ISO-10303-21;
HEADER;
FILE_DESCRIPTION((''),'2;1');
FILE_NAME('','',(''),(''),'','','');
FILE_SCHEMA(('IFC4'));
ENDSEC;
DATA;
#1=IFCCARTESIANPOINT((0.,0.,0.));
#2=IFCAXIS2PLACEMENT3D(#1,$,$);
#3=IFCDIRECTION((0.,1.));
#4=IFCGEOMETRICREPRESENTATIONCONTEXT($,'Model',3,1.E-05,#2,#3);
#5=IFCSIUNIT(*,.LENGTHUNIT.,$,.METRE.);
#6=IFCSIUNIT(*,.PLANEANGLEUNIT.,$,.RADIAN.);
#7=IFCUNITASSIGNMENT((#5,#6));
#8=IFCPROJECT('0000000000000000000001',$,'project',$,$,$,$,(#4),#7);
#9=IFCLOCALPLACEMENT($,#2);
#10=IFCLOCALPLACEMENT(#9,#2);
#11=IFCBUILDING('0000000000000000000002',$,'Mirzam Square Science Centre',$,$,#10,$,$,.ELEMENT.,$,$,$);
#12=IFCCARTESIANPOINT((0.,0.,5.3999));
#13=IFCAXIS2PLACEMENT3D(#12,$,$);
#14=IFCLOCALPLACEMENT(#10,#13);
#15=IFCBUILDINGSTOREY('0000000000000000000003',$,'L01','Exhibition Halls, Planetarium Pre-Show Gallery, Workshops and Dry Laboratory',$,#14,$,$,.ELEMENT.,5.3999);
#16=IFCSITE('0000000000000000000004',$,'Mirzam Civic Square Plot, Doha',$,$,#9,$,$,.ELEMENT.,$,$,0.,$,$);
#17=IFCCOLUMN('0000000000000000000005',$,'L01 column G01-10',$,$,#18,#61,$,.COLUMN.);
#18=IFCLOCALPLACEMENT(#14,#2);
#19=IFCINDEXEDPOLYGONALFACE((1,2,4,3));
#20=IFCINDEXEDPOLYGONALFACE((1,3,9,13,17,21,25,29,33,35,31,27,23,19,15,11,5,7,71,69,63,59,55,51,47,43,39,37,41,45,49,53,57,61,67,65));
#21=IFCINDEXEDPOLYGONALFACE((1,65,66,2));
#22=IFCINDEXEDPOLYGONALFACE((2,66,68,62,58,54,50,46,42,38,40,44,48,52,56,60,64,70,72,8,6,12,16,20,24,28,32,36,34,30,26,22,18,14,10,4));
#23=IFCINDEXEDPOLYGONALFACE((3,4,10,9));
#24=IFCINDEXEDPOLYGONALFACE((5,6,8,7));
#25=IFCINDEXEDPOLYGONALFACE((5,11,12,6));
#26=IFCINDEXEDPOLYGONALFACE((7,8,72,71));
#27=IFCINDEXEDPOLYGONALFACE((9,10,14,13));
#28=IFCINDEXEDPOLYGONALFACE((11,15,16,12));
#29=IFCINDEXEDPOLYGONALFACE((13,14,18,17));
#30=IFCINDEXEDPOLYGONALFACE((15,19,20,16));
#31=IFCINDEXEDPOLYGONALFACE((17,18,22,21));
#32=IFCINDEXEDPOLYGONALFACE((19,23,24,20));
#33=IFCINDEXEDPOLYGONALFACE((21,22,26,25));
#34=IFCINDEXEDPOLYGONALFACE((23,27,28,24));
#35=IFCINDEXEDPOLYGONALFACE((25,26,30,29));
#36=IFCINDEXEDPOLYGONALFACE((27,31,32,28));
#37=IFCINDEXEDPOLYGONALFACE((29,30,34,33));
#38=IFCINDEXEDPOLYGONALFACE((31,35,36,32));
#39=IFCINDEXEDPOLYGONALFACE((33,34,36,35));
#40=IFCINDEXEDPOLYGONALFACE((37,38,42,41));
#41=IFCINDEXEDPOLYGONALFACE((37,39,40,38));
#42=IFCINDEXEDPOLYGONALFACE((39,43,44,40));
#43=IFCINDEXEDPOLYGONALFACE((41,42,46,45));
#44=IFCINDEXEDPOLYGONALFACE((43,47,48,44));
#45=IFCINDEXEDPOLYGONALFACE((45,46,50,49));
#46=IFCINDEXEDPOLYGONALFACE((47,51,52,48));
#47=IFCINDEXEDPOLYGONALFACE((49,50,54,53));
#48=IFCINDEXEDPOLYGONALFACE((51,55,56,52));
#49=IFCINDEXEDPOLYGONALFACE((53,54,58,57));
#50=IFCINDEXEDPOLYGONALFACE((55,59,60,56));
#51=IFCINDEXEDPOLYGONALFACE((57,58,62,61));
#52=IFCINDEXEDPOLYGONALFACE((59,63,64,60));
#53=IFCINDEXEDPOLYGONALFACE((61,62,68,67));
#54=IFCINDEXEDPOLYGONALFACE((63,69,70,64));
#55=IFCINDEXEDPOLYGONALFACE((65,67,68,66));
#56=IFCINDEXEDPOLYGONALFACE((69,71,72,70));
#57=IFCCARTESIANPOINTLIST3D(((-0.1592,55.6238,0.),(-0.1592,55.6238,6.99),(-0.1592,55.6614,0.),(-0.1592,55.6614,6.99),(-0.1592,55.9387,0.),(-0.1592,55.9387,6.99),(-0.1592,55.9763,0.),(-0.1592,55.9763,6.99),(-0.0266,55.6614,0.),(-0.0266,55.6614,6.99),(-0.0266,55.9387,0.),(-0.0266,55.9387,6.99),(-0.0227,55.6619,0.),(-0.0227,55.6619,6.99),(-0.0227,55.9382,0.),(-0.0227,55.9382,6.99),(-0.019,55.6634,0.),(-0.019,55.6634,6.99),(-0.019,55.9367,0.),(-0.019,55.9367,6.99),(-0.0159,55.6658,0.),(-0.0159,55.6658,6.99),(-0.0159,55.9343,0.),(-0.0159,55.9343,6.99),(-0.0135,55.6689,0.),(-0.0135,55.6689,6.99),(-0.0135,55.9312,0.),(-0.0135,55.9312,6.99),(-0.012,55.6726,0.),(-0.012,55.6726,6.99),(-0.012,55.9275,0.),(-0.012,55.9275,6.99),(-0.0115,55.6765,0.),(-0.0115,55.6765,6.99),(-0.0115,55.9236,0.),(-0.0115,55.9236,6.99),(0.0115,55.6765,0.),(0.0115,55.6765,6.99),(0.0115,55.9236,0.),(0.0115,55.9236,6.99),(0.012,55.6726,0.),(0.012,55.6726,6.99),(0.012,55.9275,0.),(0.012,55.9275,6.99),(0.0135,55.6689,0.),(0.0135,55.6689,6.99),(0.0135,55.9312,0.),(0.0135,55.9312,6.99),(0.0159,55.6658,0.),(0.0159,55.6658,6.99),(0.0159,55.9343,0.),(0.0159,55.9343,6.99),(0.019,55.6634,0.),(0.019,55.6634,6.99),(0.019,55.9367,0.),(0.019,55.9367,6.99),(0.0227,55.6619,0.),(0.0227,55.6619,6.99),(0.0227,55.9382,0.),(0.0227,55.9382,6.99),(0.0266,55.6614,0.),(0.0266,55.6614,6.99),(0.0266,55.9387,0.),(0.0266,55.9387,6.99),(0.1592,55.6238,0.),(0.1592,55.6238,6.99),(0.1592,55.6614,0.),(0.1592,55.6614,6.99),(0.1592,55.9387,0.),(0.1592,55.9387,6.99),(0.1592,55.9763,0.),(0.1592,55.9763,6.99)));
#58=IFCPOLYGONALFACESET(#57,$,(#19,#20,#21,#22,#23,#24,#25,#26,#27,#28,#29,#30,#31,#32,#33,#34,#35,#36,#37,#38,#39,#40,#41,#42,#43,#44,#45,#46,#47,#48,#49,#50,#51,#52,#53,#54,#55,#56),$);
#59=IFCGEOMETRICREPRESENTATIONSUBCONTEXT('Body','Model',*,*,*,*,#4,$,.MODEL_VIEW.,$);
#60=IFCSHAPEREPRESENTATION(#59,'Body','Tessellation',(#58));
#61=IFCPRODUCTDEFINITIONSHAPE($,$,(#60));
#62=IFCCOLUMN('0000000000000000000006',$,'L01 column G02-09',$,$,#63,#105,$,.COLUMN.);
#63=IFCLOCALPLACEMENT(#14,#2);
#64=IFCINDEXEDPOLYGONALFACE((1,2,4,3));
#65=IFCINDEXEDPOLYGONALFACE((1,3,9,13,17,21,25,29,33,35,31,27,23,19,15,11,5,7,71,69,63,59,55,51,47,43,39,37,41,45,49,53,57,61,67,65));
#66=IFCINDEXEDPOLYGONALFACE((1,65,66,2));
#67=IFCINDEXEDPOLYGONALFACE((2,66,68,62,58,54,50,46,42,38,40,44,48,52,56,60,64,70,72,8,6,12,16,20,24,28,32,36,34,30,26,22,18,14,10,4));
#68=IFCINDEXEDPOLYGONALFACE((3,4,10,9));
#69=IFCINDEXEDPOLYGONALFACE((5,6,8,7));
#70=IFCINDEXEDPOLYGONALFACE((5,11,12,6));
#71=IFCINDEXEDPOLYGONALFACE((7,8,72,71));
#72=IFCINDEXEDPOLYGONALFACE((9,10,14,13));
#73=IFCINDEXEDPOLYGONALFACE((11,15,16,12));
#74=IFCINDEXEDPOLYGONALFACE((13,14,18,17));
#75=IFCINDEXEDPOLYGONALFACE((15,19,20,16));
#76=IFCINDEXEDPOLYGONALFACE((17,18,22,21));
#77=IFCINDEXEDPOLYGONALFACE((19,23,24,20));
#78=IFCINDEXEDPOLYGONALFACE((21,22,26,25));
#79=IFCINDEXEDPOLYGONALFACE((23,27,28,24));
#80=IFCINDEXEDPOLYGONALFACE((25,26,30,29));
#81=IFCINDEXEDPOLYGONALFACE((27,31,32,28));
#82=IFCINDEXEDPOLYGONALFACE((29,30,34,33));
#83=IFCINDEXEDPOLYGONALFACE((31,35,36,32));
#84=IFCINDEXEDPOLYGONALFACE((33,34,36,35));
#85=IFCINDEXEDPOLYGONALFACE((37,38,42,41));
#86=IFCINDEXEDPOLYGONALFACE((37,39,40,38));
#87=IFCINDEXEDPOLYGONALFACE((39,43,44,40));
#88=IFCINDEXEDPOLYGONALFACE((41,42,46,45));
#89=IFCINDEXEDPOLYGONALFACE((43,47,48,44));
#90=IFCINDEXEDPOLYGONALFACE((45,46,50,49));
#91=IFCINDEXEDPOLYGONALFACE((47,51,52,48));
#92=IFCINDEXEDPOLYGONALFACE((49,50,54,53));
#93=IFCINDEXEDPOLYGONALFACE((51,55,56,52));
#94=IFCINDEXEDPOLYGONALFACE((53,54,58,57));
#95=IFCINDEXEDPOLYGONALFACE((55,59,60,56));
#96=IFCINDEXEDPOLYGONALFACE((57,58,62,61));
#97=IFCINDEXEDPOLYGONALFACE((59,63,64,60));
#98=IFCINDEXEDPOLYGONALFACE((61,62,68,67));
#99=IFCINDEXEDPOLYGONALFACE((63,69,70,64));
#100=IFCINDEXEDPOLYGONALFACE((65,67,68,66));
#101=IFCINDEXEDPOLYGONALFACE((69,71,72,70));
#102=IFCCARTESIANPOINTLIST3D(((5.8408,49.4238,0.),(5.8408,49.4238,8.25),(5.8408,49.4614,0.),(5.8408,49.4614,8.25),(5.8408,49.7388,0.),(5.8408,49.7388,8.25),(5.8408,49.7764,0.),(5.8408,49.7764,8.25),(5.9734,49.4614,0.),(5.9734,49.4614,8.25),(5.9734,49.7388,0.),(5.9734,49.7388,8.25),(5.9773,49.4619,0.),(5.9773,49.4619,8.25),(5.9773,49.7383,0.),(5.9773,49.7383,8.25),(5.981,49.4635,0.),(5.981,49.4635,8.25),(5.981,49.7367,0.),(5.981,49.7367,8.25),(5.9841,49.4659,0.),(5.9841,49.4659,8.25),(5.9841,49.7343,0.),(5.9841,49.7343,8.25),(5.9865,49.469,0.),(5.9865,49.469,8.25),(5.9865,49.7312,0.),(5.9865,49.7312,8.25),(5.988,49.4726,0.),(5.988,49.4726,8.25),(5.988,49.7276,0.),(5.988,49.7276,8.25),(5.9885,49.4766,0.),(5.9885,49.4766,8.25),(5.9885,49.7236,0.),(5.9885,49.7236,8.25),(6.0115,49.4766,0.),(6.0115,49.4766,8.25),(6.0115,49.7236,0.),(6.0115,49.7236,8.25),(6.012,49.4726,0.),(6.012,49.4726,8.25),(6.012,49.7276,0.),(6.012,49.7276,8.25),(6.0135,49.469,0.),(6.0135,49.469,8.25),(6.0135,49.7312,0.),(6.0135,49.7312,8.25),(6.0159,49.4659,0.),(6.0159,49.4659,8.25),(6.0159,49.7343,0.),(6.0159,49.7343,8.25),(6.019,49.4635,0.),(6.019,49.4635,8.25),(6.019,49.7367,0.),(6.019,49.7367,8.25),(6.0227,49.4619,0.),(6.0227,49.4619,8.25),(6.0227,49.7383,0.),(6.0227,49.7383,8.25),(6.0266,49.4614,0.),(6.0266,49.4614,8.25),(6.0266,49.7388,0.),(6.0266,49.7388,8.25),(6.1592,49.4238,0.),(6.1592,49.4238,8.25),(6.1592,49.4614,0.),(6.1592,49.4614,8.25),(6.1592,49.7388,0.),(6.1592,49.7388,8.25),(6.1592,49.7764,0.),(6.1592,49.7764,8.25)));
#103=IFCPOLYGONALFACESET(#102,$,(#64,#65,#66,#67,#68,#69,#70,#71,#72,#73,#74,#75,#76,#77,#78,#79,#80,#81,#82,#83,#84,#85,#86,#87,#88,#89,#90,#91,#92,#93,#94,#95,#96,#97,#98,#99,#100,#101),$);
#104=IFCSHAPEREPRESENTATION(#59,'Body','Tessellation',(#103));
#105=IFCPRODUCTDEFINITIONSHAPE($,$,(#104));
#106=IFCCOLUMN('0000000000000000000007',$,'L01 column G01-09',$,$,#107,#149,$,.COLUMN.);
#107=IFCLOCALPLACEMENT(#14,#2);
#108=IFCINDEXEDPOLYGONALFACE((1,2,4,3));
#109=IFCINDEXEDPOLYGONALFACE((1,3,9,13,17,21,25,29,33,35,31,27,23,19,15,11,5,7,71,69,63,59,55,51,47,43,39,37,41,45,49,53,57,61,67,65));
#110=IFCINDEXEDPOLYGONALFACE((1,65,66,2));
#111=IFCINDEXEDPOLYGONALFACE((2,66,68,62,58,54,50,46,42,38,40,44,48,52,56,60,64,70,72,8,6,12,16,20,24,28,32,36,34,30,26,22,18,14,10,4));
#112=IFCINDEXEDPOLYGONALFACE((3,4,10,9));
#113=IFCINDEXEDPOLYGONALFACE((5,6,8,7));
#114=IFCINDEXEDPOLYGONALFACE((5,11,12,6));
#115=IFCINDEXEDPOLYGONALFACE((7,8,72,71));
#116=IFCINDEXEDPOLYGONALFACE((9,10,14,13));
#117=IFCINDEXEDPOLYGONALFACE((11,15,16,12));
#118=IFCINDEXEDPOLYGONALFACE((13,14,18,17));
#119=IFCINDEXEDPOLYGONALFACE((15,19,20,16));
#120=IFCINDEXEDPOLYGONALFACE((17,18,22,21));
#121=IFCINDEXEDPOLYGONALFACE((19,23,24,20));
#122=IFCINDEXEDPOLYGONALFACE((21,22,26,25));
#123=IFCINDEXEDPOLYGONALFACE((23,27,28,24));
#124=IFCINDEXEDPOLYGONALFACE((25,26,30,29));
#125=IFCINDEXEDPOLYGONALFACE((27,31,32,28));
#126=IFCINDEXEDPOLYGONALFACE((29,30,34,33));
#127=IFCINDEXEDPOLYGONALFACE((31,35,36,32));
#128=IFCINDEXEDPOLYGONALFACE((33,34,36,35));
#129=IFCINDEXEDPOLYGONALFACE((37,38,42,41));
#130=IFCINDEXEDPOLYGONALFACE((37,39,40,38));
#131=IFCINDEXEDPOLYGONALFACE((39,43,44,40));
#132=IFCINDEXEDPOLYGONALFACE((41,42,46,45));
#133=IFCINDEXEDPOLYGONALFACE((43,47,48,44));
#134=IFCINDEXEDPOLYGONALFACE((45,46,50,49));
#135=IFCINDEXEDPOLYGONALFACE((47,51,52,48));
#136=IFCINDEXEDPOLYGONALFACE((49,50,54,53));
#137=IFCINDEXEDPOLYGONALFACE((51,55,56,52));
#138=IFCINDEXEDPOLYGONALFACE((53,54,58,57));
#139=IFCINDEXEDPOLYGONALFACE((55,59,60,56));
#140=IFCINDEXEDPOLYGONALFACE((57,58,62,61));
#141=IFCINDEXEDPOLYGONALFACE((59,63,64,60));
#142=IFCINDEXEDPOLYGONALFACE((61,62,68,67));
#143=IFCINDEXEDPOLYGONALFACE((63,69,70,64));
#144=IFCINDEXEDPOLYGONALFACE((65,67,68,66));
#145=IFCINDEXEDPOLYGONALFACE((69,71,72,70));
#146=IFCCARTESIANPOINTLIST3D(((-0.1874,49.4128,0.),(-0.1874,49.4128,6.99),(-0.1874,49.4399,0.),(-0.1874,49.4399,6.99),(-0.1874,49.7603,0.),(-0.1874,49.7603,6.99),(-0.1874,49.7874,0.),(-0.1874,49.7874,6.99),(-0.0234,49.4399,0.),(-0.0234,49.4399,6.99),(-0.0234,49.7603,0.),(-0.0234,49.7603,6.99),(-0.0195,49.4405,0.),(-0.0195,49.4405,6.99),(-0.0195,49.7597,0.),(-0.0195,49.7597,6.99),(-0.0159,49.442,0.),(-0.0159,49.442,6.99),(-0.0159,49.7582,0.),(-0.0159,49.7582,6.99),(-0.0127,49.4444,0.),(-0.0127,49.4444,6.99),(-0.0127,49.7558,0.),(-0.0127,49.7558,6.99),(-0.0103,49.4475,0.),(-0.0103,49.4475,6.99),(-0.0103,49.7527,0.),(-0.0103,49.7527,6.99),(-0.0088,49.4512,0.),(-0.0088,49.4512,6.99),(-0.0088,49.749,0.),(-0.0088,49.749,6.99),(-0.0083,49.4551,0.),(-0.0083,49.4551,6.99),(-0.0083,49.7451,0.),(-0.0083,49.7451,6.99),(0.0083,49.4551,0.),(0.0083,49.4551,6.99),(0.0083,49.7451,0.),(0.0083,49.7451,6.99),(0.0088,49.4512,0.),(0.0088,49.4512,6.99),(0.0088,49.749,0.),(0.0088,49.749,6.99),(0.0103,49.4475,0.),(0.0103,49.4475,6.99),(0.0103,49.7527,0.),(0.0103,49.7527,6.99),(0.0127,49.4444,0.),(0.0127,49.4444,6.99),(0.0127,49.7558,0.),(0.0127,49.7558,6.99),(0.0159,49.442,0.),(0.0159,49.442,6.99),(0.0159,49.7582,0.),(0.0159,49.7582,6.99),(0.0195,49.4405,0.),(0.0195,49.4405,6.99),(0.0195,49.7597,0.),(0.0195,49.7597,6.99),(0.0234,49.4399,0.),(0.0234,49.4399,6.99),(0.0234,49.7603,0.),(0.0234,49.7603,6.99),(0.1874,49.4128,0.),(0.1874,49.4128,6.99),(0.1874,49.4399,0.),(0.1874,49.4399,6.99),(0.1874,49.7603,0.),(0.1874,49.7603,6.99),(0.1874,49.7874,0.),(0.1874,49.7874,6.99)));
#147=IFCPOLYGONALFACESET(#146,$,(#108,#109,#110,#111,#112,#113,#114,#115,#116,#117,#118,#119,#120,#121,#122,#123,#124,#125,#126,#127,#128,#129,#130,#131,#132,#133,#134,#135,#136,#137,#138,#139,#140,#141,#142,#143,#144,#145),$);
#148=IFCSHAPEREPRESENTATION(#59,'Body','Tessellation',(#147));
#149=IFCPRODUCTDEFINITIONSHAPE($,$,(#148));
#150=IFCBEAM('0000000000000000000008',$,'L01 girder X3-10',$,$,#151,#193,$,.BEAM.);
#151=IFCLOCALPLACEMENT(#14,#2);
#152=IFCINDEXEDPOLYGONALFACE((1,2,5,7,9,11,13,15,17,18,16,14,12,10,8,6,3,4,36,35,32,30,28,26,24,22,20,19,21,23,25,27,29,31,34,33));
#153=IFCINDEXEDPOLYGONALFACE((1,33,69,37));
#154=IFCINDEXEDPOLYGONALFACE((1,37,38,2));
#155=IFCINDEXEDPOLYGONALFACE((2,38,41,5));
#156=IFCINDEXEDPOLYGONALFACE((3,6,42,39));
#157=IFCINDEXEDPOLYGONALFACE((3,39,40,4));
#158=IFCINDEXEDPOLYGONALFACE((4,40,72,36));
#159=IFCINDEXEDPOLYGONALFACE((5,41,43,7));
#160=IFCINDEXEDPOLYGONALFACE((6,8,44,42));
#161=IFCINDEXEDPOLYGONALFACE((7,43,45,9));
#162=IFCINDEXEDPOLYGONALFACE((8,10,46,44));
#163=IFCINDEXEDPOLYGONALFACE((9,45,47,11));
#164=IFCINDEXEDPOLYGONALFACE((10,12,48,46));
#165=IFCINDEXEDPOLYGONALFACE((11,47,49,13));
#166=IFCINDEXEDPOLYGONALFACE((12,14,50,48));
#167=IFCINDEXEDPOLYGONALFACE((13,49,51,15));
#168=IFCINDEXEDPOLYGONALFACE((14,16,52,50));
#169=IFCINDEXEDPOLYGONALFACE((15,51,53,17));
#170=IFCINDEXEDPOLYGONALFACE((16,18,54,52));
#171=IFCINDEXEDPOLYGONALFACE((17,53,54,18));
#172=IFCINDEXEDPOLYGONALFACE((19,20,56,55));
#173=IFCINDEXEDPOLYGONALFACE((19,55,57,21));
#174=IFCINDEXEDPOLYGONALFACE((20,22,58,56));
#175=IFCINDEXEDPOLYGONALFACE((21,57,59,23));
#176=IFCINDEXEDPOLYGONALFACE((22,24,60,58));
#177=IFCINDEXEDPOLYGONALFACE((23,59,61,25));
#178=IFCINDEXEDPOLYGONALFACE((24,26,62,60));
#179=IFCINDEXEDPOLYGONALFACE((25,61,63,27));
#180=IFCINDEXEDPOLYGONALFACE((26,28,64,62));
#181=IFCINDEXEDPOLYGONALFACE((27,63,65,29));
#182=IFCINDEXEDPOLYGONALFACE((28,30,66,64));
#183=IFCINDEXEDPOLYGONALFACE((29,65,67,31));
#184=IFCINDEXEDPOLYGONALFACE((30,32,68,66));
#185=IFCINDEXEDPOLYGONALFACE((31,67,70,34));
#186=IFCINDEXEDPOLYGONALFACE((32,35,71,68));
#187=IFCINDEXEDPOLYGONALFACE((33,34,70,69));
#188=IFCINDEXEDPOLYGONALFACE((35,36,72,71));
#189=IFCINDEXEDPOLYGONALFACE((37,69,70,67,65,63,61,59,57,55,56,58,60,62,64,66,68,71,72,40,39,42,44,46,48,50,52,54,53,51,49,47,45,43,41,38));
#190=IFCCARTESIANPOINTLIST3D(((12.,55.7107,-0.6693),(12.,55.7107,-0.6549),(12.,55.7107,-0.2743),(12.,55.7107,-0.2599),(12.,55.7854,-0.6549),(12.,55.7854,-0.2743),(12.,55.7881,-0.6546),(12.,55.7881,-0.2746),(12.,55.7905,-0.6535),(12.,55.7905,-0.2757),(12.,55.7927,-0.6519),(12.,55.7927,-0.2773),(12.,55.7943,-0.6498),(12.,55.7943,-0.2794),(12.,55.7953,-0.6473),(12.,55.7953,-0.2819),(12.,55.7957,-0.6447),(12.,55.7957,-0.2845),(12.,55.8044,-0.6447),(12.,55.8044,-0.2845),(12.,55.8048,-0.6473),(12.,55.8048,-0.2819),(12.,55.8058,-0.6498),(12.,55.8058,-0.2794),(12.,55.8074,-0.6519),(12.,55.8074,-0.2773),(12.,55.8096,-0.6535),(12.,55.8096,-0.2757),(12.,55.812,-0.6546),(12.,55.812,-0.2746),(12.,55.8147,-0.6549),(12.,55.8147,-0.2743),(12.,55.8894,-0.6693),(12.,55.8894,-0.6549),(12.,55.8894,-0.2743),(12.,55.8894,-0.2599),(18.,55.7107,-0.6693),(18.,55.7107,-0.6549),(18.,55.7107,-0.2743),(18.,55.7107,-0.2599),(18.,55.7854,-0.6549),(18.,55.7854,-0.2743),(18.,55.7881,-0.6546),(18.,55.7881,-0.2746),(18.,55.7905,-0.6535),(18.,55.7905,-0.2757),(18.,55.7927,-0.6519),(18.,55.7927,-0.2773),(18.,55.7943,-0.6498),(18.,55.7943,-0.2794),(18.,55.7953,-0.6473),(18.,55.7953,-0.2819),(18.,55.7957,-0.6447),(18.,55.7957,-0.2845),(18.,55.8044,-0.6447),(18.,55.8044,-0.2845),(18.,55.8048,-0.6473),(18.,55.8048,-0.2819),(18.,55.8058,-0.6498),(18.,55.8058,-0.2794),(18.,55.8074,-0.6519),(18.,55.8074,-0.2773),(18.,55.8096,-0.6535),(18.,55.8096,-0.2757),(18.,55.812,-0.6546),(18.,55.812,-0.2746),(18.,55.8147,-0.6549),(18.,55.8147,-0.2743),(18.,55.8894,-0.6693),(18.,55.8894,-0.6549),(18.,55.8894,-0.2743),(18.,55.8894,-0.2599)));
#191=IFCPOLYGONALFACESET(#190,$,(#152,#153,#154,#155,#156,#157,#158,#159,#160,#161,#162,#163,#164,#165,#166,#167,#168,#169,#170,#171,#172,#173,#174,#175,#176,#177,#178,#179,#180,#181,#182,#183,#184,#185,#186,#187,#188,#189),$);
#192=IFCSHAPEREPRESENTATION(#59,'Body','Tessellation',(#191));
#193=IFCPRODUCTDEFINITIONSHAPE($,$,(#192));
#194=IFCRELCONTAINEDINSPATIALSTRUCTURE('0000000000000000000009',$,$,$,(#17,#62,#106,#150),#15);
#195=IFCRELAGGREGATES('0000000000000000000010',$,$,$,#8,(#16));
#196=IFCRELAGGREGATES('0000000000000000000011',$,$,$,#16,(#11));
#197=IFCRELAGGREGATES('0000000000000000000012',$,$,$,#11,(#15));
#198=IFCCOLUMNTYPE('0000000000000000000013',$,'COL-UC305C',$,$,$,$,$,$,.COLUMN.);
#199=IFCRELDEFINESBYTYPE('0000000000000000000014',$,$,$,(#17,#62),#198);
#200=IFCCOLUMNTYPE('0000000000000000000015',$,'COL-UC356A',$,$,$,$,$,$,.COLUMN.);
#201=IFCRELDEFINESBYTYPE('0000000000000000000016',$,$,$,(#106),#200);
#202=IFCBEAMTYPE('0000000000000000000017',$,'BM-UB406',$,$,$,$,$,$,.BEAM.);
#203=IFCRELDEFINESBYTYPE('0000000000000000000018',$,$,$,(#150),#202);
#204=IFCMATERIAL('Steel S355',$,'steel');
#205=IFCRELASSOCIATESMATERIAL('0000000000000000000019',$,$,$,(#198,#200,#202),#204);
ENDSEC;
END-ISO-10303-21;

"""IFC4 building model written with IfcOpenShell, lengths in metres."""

from ifc_helpers import new_model, si_unit, direction, frame, origin, origin_2d, place, context, subcontext, project, spatial, i_section, extrude, material, material_profile, profile_set, type_object, element, save


model = new_model("IFC4")

# Units and contexts
model_context = context("Model", 3, precision=1e-05, world=origin(), true_north=direction((0.0, 1.0)))
body_context = subcontext(model_context, "Body", "Model", "MODEL_VIEW")
ifc_project = project(units=[si_unit("LENGTHUNIT", "METRE"), si_unit("PLANEANGLEUNIT", "RADIAN")], contexts=[model_context])

# Site, building, storey
site_placement = place(None, origin())
site = spatial("IfcSite", under=ifc_project, at=site_placement, Name="Mirzam Civic Square Plot, Doha", CompositionType="ELEMENT", RefElevation=0.0)
building_placement = place(site_placement, origin())
building = spatial("IfcBuilding", under=site, at=building_placement, Name="Mirzam Square Science Centre", CompositionType="ELEMENT")
storey_placement = place(building_placement, frame((0.0, 0.0, 5.3999)))
storey = spatial("IfcBuildingStorey", under=building, at=storey_placement, Name="L01", Description="Exhibition Halls, Planetarium Pre-Show Gallery, Workshops and Dry Laboratory", CompositionType="ELEMENT", Elevation=5.3999)

# Columns
ifc_material_1 = material(Name="Steel S355", Category="steel")
ifc_material_profile_1 = material_profile(ifc_material_1, i_section(OverallWidth=0.3184, OverallDepth=0.3525, WebThickness=0.0229, FlangeThickness=0.0376, FilletRadius=0.0151, at=origin_2d()), Name="305x305x240UC")
ifc_profile_set_1 = profile_set([ifc_material_profile_1], Name="Steel S355")
column_type_1 = type_object("IfcColumnType", Name="COL-UC305C", PredefinedType="COLUMN", material=ifc_profile_set_1)
column_1_placement = place(storey_placement, frame((0.0, 55.8, 0.0), z_axis=(0.0, 0.0, 1.0), x_axis=(1.0, 0.0, 0.0)))
element("IfcColumn", 1, at=column_1_placement, inside=storey, type_object=column_type_1, Name="L01 column G01-10", PredefinedType="COLUMN", context=body_context, shape_type="SweptSolid", body=[
    extrude(i_section(OverallWidth=0.3184, OverallDepth=0.3525, WebThickness=0.0229, FlangeThickness=0.0376, FilletRadius=0.0151, at=origin_2d()), origin(), (0.0, 0.0, 1.0), 6.99),
])
column_2_placement = place(storey_placement, frame((6.0, 49.6001, 0.0), z_axis=(0.0, 0.0, 1.0), x_axis=(1.0, 0.0, 0.0)))
element("IfcColumn", 2, at=column_2_placement, inside=storey, type_object=column_type_1, Name="L01 column G02-09", PredefinedType="COLUMN", context=body_context, shape_type="SweptSolid", body=[
    extrude(i_section(OverallWidth=0.3184, OverallDepth=0.3525, WebThickness=0.0229, FlangeThickness=0.0376, FilletRadius=0.0151, at=origin_2d()), origin(), (0.0, 0.0, 1.0), 8.25),
])
ifc_material_profile_2 = material_profile(ifc_material_1, i_section(OverallWidth=0.3748, OverallDepth=0.3745, WebThickness=0.0166, FlangeThickness=0.0271, FilletRadius=0.0151, at=origin_2d()), Name="356x368x202UC")
ifc_profile_set_2 = profile_set([ifc_material_profile_2], Name="Steel S355")
column_type_2 = type_object("IfcColumnType", Name="COL-UC356A", PredefinedType="COLUMN", material=ifc_profile_set_2)
column_3_placement = place(storey_placement, frame((0.0, 49.6001, 0.0), z_axis=(0.0, 0.0, 1.0), x_axis=(1.0, 0.0, 0.0)))
element("IfcColumn", 3, at=column_3_placement, inside=storey, type_object=column_type_2, Name="L01 column G01-09", PredefinedType="COLUMN", context=body_context, shape_type="SweptSolid", body=[
    extrude(i_section(OverallWidth=0.3748, OverallDepth=0.3745, WebThickness=0.0166, FlangeThickness=0.0271, FilletRadius=0.0151, at=origin_2d()), origin(), (0.0, 0.0, 1.0), 6.99),
])

# Beam
ifc_material_profile_3 = material_profile(ifc_material_1, i_section(OverallWidth=0.1787, OverallDepth=0.4094, WebThickness=0.0088, FlangeThickness=0.0144, FilletRadius=0.0103, at=origin_2d()), Name="406x178x67UB")
ifc_profile_set_3 = profile_set([ifc_material_profile_3], Name="Steel S355")
beam_type_1 = type_object("IfcBeamType", Name="BM-UB406", PredefinedType="BEAM", material=ifc_profile_set_3)
beam_1_placement = place(storey_placement, frame((12.0, 55.8, -0.4646), z_axis=(1.0, 0.0, 0.0), x_axis=(0.0, 1.0, 0.0)))
element("IfcBeam", 4, at=beam_1_placement, inside=storey, type_object=beam_type_1, Name="L01 girder X3-10", PredefinedType="BEAM", context=body_context, shape_type="SweptSolid", body=[
    extrude(i_section(OverallWidth=0.1787, OverallDepth=0.4094, WebThickness=0.0088, FlangeThickness=0.0144, FilletRadius=0.0103, at=origin_2d()), origin(), (0.0, 0.0, 1.0), 6.0),
])

save(model, "model.ifc")
